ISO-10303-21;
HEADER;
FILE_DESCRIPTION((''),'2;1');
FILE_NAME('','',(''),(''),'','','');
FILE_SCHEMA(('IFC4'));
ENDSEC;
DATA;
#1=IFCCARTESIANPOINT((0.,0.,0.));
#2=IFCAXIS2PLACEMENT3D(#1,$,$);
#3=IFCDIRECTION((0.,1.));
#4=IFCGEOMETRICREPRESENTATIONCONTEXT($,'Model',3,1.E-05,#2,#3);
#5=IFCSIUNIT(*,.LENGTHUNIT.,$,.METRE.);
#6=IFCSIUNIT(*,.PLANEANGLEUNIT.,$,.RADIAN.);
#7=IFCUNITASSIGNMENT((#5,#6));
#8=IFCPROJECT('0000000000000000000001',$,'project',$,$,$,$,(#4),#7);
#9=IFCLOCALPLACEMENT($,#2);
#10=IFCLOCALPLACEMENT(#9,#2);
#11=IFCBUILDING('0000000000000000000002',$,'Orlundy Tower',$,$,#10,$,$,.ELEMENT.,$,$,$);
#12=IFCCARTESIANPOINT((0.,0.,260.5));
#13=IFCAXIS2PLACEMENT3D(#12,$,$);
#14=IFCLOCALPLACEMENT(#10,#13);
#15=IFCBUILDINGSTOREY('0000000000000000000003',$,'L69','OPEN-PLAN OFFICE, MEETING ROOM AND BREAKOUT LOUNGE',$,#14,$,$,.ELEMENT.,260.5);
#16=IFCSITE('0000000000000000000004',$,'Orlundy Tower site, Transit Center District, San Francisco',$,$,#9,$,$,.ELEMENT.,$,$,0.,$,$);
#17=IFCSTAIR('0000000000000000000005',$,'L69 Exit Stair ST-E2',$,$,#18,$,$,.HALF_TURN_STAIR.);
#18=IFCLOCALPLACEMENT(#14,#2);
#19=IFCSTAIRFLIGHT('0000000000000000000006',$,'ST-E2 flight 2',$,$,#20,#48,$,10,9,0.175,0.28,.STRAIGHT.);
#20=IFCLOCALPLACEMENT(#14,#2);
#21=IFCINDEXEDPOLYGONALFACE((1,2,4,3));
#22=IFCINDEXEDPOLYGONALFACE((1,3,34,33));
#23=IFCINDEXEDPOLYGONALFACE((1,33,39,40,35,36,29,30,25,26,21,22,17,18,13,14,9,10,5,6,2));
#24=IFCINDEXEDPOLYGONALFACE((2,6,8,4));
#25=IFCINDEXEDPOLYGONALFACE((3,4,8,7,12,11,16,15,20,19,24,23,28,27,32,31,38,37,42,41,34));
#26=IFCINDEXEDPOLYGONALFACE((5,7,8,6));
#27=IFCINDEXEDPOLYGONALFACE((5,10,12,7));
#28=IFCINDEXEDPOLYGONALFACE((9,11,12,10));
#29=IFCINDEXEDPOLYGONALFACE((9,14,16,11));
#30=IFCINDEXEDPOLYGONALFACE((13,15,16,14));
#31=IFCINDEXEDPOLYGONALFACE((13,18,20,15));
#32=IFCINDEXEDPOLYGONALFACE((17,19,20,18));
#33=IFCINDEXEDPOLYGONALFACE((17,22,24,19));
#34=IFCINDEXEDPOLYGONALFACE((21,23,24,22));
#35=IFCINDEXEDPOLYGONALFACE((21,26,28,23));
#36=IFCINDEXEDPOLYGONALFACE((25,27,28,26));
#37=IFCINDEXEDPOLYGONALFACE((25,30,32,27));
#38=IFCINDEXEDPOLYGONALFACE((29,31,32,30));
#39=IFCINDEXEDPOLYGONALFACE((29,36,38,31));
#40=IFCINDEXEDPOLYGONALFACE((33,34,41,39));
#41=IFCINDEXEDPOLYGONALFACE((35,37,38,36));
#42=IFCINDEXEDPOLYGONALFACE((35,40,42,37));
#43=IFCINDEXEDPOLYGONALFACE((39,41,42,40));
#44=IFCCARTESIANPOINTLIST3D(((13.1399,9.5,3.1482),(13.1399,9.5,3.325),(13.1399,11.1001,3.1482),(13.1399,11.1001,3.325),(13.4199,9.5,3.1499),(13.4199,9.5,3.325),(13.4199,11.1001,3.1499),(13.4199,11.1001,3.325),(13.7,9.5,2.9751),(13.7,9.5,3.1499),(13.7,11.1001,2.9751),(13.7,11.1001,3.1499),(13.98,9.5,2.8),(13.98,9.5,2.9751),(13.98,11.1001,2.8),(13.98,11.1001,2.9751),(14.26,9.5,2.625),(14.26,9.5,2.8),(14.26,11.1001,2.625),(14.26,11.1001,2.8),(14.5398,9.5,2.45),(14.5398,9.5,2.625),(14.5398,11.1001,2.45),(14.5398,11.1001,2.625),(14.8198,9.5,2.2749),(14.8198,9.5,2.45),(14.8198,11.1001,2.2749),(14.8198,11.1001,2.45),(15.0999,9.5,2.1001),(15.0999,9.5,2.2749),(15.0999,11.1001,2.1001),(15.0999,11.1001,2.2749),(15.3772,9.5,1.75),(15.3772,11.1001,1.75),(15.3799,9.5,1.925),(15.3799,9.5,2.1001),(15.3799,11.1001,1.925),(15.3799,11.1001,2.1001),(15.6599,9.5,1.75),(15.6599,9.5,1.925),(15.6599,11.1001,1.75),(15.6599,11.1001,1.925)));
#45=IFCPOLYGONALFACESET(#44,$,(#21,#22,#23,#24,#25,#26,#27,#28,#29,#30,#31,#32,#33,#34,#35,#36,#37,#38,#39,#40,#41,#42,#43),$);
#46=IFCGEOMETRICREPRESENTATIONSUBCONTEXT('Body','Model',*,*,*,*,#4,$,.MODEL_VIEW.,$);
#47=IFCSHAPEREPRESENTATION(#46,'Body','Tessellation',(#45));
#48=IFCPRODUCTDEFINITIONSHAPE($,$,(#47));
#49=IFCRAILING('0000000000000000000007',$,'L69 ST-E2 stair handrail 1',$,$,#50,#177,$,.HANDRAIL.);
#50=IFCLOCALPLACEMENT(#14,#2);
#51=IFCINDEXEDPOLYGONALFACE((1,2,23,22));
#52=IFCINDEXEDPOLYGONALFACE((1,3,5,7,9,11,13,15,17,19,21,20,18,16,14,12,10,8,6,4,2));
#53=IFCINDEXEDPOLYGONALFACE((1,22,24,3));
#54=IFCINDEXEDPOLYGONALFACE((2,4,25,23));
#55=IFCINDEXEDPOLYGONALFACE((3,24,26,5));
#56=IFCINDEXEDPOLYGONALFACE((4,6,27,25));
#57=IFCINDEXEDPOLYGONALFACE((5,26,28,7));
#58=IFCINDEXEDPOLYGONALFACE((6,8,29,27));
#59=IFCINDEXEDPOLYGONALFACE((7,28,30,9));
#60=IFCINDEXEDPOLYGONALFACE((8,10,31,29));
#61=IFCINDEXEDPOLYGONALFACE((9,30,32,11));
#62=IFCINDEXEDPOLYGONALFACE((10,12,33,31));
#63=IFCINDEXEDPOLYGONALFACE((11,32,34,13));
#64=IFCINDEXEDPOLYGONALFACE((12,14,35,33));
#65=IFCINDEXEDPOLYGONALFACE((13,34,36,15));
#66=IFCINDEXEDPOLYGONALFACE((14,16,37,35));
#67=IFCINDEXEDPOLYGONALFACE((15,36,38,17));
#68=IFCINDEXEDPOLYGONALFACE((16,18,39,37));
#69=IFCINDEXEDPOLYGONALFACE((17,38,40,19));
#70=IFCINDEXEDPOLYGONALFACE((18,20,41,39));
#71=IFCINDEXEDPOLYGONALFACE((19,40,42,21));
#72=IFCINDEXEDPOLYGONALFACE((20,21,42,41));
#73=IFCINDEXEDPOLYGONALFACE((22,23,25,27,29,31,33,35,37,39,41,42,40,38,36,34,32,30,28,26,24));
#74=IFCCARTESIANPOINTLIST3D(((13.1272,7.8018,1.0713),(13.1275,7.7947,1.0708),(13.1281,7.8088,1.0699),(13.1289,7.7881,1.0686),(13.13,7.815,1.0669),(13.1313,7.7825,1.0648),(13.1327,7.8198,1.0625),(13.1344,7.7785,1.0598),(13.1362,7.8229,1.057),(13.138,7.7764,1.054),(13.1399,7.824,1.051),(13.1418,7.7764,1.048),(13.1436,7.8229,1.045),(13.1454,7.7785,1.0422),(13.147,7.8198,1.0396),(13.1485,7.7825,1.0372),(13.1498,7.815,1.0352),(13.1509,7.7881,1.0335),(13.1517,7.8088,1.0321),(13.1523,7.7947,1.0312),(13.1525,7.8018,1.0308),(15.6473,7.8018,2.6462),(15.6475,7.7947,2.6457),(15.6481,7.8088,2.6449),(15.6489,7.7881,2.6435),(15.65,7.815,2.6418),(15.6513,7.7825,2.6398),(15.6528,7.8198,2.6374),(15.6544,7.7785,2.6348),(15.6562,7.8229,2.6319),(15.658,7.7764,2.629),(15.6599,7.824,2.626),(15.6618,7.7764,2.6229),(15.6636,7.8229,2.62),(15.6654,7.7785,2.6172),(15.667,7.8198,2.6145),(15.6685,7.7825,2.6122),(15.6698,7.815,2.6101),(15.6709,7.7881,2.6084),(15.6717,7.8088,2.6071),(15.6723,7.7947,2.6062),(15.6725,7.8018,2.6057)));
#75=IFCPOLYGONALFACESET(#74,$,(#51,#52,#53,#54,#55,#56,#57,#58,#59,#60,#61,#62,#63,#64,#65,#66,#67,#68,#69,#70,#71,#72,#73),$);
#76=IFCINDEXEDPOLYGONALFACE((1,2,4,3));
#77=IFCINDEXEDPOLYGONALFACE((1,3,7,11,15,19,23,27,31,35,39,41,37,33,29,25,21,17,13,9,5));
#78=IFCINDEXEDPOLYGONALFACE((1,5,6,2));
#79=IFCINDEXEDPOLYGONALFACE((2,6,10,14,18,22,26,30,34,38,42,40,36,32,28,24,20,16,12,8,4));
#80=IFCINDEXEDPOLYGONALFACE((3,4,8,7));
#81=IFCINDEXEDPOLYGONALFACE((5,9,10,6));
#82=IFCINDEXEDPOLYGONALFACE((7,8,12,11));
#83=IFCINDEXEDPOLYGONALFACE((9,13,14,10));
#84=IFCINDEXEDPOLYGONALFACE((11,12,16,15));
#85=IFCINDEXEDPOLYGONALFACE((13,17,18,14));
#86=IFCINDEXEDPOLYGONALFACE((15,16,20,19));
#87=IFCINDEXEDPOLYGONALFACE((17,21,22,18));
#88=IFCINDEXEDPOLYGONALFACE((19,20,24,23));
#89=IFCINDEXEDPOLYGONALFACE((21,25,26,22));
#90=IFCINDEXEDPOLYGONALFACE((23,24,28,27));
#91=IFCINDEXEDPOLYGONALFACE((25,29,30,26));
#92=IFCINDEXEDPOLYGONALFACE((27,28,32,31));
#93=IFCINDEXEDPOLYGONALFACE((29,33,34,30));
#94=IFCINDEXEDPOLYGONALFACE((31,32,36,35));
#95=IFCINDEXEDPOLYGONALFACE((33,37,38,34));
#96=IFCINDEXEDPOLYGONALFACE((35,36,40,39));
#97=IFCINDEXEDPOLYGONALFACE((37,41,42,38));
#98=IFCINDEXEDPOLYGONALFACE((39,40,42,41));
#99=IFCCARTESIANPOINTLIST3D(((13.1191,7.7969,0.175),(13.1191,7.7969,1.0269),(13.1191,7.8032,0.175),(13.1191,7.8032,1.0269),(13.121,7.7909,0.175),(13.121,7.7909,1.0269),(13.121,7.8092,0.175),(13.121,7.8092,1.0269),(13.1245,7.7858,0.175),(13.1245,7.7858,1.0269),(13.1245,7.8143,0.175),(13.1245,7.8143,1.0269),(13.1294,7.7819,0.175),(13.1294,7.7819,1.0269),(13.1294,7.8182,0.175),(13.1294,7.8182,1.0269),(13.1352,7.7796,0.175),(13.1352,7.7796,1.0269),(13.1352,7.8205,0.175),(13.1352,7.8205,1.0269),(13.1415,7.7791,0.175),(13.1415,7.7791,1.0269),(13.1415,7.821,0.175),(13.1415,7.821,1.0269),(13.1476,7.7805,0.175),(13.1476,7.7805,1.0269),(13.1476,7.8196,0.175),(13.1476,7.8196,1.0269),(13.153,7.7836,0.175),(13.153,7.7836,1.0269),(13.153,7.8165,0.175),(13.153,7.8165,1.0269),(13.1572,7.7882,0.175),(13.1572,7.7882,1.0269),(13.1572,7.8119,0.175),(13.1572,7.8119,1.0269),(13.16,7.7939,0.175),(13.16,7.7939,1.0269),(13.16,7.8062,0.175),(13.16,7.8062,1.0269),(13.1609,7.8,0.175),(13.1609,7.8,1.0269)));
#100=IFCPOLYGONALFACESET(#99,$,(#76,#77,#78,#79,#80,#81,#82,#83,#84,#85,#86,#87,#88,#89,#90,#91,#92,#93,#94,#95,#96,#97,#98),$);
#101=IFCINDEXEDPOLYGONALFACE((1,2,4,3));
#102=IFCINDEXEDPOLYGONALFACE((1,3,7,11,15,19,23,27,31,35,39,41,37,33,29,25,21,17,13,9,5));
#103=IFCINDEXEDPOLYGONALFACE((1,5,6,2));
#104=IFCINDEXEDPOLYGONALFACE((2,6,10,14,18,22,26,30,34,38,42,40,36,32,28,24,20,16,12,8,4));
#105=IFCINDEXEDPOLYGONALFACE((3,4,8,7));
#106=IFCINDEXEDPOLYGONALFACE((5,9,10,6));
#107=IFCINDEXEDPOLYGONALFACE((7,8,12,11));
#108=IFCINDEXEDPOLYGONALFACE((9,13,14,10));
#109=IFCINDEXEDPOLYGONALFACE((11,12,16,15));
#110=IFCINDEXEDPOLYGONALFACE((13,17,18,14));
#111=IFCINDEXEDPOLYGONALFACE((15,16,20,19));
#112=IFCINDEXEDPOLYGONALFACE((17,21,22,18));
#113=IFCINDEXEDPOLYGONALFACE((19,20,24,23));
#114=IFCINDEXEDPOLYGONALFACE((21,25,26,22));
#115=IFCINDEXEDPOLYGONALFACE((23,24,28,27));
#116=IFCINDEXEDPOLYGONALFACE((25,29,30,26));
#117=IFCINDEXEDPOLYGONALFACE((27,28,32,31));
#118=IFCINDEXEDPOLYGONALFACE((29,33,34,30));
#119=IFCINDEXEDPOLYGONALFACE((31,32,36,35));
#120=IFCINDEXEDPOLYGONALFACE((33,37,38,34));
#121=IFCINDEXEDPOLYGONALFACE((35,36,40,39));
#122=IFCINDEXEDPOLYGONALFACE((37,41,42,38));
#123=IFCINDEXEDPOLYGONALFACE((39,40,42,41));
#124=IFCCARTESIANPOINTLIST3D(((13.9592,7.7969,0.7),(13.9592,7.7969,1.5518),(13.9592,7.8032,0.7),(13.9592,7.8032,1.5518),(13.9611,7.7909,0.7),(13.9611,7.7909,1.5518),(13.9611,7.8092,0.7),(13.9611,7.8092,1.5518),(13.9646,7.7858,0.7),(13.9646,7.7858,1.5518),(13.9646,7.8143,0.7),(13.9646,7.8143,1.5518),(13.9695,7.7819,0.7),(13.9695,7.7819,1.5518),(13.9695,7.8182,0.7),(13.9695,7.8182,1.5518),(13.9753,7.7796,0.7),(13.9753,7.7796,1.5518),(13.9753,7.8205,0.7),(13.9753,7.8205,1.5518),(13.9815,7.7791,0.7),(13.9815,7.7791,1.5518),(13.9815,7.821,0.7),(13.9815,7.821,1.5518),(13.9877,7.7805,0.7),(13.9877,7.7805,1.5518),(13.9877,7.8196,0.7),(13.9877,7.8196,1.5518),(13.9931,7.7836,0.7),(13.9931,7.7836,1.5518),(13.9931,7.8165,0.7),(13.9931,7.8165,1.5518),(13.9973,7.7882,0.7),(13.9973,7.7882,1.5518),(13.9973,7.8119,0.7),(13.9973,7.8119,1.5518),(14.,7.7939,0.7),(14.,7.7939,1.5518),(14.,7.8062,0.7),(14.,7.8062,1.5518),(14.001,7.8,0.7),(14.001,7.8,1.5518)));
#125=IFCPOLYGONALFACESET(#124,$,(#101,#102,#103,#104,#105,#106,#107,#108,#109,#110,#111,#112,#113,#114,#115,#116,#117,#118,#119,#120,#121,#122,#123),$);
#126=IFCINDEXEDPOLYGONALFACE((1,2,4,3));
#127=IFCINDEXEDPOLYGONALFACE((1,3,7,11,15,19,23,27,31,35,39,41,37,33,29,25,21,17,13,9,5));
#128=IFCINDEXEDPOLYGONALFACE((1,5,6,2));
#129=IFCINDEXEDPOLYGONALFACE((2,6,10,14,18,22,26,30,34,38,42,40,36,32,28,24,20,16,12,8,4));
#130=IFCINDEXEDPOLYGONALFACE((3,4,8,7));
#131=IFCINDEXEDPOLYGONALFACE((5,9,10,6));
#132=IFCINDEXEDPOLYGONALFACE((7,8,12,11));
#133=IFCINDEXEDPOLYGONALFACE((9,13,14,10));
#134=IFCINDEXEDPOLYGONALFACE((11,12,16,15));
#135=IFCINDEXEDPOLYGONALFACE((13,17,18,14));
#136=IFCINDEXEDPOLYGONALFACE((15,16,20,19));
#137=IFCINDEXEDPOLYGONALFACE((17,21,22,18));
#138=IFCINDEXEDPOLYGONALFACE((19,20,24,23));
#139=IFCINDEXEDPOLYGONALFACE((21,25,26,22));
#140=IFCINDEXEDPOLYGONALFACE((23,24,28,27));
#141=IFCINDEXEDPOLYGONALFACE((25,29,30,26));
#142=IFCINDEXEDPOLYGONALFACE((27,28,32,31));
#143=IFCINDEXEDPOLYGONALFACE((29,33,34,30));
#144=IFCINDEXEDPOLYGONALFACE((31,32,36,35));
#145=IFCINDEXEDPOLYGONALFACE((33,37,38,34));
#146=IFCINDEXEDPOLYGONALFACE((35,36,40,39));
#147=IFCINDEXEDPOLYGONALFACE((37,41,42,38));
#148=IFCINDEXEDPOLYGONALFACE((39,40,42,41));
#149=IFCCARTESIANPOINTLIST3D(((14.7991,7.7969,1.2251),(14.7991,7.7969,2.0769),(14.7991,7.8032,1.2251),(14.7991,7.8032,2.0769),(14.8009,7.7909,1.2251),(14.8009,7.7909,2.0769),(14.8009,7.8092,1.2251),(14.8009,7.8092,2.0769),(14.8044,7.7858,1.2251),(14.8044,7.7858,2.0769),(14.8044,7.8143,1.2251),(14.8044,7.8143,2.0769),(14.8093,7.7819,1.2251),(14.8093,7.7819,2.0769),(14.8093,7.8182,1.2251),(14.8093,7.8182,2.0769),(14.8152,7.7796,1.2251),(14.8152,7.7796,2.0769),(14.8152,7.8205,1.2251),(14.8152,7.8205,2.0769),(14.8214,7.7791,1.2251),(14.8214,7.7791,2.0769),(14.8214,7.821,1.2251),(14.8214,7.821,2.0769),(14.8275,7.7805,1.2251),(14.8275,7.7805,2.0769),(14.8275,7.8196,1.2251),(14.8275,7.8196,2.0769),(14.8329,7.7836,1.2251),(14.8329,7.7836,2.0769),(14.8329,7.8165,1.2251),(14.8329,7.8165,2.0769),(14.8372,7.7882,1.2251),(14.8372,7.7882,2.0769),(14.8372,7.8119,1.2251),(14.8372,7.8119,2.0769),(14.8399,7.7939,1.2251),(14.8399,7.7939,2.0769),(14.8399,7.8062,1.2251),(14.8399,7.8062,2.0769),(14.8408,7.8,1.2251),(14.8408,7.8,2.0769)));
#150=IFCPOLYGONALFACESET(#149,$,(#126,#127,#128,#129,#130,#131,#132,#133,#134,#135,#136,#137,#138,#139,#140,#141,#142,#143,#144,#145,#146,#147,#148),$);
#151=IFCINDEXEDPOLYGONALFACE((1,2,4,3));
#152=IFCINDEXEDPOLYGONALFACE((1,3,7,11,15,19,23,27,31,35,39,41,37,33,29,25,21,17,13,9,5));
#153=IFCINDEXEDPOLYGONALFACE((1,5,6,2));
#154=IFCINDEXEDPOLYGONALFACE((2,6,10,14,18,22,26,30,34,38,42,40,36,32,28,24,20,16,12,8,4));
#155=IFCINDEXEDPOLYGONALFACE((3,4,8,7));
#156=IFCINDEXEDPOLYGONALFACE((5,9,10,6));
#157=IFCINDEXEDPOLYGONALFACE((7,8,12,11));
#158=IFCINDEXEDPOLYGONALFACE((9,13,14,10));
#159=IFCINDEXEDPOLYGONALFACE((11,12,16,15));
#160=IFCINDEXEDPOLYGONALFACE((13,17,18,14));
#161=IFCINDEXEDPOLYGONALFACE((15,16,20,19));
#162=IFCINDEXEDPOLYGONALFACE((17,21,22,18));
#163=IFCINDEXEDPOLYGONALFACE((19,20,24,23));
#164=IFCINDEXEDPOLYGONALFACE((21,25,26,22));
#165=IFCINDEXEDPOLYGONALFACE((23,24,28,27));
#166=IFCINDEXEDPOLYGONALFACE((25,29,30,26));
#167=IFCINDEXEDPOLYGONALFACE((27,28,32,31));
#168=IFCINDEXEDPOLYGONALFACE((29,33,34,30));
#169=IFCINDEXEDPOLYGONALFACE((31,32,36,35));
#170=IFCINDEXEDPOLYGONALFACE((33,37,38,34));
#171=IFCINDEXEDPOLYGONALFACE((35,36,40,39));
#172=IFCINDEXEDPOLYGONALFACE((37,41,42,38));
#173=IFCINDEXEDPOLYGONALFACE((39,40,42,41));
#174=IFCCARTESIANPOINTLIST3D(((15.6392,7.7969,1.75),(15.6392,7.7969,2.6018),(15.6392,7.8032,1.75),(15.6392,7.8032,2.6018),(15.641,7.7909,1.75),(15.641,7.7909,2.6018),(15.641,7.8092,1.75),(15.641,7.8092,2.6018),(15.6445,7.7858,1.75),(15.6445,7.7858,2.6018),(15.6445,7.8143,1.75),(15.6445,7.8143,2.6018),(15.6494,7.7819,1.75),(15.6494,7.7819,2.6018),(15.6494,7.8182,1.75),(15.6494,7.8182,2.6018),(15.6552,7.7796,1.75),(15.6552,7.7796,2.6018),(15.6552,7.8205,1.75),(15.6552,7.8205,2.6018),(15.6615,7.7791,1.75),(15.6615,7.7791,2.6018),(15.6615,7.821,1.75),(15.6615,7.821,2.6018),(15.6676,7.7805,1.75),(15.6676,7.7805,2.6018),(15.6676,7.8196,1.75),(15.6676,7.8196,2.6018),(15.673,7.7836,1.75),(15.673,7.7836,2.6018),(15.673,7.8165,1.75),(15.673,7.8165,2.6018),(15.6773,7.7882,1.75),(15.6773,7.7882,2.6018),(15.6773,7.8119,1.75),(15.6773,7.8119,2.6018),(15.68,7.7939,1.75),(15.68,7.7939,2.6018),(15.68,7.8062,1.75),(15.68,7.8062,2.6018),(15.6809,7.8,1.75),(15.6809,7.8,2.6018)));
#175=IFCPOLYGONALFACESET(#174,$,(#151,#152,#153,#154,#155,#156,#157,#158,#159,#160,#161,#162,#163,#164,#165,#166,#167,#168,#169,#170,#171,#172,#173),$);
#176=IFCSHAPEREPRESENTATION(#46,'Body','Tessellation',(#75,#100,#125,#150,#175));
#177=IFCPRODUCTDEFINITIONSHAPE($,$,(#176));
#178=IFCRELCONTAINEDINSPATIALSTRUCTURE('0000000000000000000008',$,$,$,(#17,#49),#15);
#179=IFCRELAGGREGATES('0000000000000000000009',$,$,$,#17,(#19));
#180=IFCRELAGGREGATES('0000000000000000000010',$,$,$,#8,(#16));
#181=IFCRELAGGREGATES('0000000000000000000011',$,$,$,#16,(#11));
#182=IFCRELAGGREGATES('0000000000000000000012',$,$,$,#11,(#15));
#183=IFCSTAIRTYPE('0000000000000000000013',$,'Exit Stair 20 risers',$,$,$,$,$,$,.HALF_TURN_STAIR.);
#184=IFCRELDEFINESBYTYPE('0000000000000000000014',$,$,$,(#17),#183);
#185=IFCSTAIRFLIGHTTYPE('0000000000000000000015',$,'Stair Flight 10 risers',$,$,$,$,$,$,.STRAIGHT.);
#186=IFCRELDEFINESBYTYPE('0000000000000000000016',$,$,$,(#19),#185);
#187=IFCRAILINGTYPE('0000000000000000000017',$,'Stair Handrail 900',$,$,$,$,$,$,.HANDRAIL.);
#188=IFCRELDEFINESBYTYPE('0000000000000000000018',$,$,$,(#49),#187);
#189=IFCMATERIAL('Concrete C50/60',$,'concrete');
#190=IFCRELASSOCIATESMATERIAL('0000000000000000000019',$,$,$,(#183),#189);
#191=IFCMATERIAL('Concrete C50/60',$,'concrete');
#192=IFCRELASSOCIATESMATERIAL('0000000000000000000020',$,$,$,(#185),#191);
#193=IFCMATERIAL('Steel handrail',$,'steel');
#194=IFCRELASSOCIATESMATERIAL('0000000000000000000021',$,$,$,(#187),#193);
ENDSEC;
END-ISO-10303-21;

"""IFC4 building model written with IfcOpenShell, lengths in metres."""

from ifc_helpers import new_model, si_unit, direction, frame, origin, origin_2d, place, context, subcontext, project, spatial, polyline, circle, outline, extrude, material, type_object, element, aggregate, save


model = new_model("IFC4")

# Units and contexts
model_context = context("Model", 3, precision=1e-05, world=origin(), true_north=direction((0.0, 1.0)))
body_context = subcontext(model_context, "Body", "Model", "MODEL_VIEW")
ifc_project = project(units=[si_unit("LENGTHUNIT", "METRE"), si_unit("PLANEANGLEUNIT", "RADIAN")], contexts=[model_context])

# Site, building, storey
site_placement = place(None, origin())
site = spatial("IfcSite", under=ifc_project, at=site_placement, Name="Orlundy Tower site, Transit Center District, San Francisco", CompositionType="ELEMENT", RefElevation=0.0)
building_placement = place(site_placement, origin())
building = spatial("IfcBuilding", under=site, at=building_placement, Name="Orlundy Tower", CompositionType="ELEMENT")
storey_placement = place(building_placement, frame((0.0, 0.0, 260.5)))
storey = spatial("IfcBuildingStorey", under=building, at=storey_placement, Name="L69", Description="OPEN-PLAN OFFICE, MEETING ROOM AND BREAKOUT LOUNGE", CompositionType="ELEMENT", Elevation=260.5)

# Stair, stair flight
ifc_material_1 = material(Name="Concrete C50/60", Category="concrete")
stair_type = type_object("IfcStairType", Name="Exit Stair 20 risers", PredefinedType="HALF_TURN_STAIR", material=ifc_material_1)
stair_placement = place(storey_placement, origin())
stair = element("IfcStair", 1, at=stair_placement, inside=storey, type_object=stair_type, Name="L69 Exit Stair ST-E2", PredefinedType="HALF_TURN_STAIR")
ifc_material_2 = material(Name="Concrete C50/60", Category="concrete")
stair_flight_type = type_object("IfcStairFlightType", Name="Stair Flight 10 risers", PredefinedType="STRAIGHT", material=ifc_material_2)
stair_flight_1_placement = place(storey_placement, frame((15.6599, 10.3, 1.75), z_axis=(0.0, 0.0, 1.0), x_axis=(-1.0, 0.0, 0.0)))
stair_flight_1 = element("IfcStairFlight", 2, at=stair_flight_1_placement, type_object=stair_flight_type, Name="ST-E2 flight 2", NumberOfRisers=10, NumberOfTreads=9, PredefinedType="STRAIGHT", RiserHeight=0.175, TreadLength=0.28, context=body_context, shape_type="SweptSolid", body=[
    extrude(outline(polyline([(0.0, 0.0), (0.0, 0.175), (0.28, 0.175), (0.28, 0.3501), (0.5601, 0.3501), (0.5601, 0.5249), (0.8401, 0.5249), (0.8401, 0.7), (1.1201, 0.7), (1.1201, 0.875), (1.3999, 0.875), (1.3999, 1.05), (1.6799, 1.05), (1.6799, 1.2251), (1.96, 1.2251), (1.96, 1.3999), (2.24, 1.3999), (2.24, 1.575), (2.52, 1.575), (2.52, 1.75), (2.52, 1.3982), (0.2827, 0.0), (0.0, 0.0)])), frame((0.0, 0.8, 0.0), z_axis=(0.0, -1.0, 0.0), x_axis=(1.0, 0.0, 0.0)), (0.0, 0.0, 1.0), 1.6001),
])
aggregate(stair, [stair_flight_1])

# Railing
ifc_material_3 = material(Name="Steel handrail", Category="steel")
railing_type_1 = type_object("IfcRailingType", Name="Stair Handrail 900", PredefinedType="HANDRAIL", material=ifc_material_3)
railing_1_placement = place(storey_placement, frame((13.1399, 7.8, 0.175)))
element("IfcRailing", 3, at=railing_1_placement, inside=storey, type_object=railing_type_1, Name="L69 ST-E2 stair handrail 1", PredefinedType="HANDRAIL", context=body_context, shape_type="SweptSolid", body=[
    extrude(circle(Radius=0.0239, at=origin_2d()), frame((0.0, 0.0, 0.876), z_axis=(0.848008, 0.0, 0.529984), x_axis=(0.0, 1.0, 0.0)), (0.0, 0.0, 1.0), 2.9717),
    extrude(circle(Radius=0.021, at=origin_2d()), origin(), (0.0, 0.0, 1.0), 0.8518),
    extrude(circle(Radius=0.021, at=origin_2d()), frame((0.8401, 0.0, 0.5249)), (0.0, 0.0, 1.0), 0.8518),
    extrude(circle(Radius=0.021, at=origin_2d()), frame((1.6799, 0.0, 1.05)), (0.0, 0.0, 1.0), 0.8518),
    extrude(circle(Radius=0.021, at=origin_2d()), frame((2.52, 0.0, 1.575)), (0.0, 0.0, 1.0), 0.8518),
])

save(model, "model.ifc")
